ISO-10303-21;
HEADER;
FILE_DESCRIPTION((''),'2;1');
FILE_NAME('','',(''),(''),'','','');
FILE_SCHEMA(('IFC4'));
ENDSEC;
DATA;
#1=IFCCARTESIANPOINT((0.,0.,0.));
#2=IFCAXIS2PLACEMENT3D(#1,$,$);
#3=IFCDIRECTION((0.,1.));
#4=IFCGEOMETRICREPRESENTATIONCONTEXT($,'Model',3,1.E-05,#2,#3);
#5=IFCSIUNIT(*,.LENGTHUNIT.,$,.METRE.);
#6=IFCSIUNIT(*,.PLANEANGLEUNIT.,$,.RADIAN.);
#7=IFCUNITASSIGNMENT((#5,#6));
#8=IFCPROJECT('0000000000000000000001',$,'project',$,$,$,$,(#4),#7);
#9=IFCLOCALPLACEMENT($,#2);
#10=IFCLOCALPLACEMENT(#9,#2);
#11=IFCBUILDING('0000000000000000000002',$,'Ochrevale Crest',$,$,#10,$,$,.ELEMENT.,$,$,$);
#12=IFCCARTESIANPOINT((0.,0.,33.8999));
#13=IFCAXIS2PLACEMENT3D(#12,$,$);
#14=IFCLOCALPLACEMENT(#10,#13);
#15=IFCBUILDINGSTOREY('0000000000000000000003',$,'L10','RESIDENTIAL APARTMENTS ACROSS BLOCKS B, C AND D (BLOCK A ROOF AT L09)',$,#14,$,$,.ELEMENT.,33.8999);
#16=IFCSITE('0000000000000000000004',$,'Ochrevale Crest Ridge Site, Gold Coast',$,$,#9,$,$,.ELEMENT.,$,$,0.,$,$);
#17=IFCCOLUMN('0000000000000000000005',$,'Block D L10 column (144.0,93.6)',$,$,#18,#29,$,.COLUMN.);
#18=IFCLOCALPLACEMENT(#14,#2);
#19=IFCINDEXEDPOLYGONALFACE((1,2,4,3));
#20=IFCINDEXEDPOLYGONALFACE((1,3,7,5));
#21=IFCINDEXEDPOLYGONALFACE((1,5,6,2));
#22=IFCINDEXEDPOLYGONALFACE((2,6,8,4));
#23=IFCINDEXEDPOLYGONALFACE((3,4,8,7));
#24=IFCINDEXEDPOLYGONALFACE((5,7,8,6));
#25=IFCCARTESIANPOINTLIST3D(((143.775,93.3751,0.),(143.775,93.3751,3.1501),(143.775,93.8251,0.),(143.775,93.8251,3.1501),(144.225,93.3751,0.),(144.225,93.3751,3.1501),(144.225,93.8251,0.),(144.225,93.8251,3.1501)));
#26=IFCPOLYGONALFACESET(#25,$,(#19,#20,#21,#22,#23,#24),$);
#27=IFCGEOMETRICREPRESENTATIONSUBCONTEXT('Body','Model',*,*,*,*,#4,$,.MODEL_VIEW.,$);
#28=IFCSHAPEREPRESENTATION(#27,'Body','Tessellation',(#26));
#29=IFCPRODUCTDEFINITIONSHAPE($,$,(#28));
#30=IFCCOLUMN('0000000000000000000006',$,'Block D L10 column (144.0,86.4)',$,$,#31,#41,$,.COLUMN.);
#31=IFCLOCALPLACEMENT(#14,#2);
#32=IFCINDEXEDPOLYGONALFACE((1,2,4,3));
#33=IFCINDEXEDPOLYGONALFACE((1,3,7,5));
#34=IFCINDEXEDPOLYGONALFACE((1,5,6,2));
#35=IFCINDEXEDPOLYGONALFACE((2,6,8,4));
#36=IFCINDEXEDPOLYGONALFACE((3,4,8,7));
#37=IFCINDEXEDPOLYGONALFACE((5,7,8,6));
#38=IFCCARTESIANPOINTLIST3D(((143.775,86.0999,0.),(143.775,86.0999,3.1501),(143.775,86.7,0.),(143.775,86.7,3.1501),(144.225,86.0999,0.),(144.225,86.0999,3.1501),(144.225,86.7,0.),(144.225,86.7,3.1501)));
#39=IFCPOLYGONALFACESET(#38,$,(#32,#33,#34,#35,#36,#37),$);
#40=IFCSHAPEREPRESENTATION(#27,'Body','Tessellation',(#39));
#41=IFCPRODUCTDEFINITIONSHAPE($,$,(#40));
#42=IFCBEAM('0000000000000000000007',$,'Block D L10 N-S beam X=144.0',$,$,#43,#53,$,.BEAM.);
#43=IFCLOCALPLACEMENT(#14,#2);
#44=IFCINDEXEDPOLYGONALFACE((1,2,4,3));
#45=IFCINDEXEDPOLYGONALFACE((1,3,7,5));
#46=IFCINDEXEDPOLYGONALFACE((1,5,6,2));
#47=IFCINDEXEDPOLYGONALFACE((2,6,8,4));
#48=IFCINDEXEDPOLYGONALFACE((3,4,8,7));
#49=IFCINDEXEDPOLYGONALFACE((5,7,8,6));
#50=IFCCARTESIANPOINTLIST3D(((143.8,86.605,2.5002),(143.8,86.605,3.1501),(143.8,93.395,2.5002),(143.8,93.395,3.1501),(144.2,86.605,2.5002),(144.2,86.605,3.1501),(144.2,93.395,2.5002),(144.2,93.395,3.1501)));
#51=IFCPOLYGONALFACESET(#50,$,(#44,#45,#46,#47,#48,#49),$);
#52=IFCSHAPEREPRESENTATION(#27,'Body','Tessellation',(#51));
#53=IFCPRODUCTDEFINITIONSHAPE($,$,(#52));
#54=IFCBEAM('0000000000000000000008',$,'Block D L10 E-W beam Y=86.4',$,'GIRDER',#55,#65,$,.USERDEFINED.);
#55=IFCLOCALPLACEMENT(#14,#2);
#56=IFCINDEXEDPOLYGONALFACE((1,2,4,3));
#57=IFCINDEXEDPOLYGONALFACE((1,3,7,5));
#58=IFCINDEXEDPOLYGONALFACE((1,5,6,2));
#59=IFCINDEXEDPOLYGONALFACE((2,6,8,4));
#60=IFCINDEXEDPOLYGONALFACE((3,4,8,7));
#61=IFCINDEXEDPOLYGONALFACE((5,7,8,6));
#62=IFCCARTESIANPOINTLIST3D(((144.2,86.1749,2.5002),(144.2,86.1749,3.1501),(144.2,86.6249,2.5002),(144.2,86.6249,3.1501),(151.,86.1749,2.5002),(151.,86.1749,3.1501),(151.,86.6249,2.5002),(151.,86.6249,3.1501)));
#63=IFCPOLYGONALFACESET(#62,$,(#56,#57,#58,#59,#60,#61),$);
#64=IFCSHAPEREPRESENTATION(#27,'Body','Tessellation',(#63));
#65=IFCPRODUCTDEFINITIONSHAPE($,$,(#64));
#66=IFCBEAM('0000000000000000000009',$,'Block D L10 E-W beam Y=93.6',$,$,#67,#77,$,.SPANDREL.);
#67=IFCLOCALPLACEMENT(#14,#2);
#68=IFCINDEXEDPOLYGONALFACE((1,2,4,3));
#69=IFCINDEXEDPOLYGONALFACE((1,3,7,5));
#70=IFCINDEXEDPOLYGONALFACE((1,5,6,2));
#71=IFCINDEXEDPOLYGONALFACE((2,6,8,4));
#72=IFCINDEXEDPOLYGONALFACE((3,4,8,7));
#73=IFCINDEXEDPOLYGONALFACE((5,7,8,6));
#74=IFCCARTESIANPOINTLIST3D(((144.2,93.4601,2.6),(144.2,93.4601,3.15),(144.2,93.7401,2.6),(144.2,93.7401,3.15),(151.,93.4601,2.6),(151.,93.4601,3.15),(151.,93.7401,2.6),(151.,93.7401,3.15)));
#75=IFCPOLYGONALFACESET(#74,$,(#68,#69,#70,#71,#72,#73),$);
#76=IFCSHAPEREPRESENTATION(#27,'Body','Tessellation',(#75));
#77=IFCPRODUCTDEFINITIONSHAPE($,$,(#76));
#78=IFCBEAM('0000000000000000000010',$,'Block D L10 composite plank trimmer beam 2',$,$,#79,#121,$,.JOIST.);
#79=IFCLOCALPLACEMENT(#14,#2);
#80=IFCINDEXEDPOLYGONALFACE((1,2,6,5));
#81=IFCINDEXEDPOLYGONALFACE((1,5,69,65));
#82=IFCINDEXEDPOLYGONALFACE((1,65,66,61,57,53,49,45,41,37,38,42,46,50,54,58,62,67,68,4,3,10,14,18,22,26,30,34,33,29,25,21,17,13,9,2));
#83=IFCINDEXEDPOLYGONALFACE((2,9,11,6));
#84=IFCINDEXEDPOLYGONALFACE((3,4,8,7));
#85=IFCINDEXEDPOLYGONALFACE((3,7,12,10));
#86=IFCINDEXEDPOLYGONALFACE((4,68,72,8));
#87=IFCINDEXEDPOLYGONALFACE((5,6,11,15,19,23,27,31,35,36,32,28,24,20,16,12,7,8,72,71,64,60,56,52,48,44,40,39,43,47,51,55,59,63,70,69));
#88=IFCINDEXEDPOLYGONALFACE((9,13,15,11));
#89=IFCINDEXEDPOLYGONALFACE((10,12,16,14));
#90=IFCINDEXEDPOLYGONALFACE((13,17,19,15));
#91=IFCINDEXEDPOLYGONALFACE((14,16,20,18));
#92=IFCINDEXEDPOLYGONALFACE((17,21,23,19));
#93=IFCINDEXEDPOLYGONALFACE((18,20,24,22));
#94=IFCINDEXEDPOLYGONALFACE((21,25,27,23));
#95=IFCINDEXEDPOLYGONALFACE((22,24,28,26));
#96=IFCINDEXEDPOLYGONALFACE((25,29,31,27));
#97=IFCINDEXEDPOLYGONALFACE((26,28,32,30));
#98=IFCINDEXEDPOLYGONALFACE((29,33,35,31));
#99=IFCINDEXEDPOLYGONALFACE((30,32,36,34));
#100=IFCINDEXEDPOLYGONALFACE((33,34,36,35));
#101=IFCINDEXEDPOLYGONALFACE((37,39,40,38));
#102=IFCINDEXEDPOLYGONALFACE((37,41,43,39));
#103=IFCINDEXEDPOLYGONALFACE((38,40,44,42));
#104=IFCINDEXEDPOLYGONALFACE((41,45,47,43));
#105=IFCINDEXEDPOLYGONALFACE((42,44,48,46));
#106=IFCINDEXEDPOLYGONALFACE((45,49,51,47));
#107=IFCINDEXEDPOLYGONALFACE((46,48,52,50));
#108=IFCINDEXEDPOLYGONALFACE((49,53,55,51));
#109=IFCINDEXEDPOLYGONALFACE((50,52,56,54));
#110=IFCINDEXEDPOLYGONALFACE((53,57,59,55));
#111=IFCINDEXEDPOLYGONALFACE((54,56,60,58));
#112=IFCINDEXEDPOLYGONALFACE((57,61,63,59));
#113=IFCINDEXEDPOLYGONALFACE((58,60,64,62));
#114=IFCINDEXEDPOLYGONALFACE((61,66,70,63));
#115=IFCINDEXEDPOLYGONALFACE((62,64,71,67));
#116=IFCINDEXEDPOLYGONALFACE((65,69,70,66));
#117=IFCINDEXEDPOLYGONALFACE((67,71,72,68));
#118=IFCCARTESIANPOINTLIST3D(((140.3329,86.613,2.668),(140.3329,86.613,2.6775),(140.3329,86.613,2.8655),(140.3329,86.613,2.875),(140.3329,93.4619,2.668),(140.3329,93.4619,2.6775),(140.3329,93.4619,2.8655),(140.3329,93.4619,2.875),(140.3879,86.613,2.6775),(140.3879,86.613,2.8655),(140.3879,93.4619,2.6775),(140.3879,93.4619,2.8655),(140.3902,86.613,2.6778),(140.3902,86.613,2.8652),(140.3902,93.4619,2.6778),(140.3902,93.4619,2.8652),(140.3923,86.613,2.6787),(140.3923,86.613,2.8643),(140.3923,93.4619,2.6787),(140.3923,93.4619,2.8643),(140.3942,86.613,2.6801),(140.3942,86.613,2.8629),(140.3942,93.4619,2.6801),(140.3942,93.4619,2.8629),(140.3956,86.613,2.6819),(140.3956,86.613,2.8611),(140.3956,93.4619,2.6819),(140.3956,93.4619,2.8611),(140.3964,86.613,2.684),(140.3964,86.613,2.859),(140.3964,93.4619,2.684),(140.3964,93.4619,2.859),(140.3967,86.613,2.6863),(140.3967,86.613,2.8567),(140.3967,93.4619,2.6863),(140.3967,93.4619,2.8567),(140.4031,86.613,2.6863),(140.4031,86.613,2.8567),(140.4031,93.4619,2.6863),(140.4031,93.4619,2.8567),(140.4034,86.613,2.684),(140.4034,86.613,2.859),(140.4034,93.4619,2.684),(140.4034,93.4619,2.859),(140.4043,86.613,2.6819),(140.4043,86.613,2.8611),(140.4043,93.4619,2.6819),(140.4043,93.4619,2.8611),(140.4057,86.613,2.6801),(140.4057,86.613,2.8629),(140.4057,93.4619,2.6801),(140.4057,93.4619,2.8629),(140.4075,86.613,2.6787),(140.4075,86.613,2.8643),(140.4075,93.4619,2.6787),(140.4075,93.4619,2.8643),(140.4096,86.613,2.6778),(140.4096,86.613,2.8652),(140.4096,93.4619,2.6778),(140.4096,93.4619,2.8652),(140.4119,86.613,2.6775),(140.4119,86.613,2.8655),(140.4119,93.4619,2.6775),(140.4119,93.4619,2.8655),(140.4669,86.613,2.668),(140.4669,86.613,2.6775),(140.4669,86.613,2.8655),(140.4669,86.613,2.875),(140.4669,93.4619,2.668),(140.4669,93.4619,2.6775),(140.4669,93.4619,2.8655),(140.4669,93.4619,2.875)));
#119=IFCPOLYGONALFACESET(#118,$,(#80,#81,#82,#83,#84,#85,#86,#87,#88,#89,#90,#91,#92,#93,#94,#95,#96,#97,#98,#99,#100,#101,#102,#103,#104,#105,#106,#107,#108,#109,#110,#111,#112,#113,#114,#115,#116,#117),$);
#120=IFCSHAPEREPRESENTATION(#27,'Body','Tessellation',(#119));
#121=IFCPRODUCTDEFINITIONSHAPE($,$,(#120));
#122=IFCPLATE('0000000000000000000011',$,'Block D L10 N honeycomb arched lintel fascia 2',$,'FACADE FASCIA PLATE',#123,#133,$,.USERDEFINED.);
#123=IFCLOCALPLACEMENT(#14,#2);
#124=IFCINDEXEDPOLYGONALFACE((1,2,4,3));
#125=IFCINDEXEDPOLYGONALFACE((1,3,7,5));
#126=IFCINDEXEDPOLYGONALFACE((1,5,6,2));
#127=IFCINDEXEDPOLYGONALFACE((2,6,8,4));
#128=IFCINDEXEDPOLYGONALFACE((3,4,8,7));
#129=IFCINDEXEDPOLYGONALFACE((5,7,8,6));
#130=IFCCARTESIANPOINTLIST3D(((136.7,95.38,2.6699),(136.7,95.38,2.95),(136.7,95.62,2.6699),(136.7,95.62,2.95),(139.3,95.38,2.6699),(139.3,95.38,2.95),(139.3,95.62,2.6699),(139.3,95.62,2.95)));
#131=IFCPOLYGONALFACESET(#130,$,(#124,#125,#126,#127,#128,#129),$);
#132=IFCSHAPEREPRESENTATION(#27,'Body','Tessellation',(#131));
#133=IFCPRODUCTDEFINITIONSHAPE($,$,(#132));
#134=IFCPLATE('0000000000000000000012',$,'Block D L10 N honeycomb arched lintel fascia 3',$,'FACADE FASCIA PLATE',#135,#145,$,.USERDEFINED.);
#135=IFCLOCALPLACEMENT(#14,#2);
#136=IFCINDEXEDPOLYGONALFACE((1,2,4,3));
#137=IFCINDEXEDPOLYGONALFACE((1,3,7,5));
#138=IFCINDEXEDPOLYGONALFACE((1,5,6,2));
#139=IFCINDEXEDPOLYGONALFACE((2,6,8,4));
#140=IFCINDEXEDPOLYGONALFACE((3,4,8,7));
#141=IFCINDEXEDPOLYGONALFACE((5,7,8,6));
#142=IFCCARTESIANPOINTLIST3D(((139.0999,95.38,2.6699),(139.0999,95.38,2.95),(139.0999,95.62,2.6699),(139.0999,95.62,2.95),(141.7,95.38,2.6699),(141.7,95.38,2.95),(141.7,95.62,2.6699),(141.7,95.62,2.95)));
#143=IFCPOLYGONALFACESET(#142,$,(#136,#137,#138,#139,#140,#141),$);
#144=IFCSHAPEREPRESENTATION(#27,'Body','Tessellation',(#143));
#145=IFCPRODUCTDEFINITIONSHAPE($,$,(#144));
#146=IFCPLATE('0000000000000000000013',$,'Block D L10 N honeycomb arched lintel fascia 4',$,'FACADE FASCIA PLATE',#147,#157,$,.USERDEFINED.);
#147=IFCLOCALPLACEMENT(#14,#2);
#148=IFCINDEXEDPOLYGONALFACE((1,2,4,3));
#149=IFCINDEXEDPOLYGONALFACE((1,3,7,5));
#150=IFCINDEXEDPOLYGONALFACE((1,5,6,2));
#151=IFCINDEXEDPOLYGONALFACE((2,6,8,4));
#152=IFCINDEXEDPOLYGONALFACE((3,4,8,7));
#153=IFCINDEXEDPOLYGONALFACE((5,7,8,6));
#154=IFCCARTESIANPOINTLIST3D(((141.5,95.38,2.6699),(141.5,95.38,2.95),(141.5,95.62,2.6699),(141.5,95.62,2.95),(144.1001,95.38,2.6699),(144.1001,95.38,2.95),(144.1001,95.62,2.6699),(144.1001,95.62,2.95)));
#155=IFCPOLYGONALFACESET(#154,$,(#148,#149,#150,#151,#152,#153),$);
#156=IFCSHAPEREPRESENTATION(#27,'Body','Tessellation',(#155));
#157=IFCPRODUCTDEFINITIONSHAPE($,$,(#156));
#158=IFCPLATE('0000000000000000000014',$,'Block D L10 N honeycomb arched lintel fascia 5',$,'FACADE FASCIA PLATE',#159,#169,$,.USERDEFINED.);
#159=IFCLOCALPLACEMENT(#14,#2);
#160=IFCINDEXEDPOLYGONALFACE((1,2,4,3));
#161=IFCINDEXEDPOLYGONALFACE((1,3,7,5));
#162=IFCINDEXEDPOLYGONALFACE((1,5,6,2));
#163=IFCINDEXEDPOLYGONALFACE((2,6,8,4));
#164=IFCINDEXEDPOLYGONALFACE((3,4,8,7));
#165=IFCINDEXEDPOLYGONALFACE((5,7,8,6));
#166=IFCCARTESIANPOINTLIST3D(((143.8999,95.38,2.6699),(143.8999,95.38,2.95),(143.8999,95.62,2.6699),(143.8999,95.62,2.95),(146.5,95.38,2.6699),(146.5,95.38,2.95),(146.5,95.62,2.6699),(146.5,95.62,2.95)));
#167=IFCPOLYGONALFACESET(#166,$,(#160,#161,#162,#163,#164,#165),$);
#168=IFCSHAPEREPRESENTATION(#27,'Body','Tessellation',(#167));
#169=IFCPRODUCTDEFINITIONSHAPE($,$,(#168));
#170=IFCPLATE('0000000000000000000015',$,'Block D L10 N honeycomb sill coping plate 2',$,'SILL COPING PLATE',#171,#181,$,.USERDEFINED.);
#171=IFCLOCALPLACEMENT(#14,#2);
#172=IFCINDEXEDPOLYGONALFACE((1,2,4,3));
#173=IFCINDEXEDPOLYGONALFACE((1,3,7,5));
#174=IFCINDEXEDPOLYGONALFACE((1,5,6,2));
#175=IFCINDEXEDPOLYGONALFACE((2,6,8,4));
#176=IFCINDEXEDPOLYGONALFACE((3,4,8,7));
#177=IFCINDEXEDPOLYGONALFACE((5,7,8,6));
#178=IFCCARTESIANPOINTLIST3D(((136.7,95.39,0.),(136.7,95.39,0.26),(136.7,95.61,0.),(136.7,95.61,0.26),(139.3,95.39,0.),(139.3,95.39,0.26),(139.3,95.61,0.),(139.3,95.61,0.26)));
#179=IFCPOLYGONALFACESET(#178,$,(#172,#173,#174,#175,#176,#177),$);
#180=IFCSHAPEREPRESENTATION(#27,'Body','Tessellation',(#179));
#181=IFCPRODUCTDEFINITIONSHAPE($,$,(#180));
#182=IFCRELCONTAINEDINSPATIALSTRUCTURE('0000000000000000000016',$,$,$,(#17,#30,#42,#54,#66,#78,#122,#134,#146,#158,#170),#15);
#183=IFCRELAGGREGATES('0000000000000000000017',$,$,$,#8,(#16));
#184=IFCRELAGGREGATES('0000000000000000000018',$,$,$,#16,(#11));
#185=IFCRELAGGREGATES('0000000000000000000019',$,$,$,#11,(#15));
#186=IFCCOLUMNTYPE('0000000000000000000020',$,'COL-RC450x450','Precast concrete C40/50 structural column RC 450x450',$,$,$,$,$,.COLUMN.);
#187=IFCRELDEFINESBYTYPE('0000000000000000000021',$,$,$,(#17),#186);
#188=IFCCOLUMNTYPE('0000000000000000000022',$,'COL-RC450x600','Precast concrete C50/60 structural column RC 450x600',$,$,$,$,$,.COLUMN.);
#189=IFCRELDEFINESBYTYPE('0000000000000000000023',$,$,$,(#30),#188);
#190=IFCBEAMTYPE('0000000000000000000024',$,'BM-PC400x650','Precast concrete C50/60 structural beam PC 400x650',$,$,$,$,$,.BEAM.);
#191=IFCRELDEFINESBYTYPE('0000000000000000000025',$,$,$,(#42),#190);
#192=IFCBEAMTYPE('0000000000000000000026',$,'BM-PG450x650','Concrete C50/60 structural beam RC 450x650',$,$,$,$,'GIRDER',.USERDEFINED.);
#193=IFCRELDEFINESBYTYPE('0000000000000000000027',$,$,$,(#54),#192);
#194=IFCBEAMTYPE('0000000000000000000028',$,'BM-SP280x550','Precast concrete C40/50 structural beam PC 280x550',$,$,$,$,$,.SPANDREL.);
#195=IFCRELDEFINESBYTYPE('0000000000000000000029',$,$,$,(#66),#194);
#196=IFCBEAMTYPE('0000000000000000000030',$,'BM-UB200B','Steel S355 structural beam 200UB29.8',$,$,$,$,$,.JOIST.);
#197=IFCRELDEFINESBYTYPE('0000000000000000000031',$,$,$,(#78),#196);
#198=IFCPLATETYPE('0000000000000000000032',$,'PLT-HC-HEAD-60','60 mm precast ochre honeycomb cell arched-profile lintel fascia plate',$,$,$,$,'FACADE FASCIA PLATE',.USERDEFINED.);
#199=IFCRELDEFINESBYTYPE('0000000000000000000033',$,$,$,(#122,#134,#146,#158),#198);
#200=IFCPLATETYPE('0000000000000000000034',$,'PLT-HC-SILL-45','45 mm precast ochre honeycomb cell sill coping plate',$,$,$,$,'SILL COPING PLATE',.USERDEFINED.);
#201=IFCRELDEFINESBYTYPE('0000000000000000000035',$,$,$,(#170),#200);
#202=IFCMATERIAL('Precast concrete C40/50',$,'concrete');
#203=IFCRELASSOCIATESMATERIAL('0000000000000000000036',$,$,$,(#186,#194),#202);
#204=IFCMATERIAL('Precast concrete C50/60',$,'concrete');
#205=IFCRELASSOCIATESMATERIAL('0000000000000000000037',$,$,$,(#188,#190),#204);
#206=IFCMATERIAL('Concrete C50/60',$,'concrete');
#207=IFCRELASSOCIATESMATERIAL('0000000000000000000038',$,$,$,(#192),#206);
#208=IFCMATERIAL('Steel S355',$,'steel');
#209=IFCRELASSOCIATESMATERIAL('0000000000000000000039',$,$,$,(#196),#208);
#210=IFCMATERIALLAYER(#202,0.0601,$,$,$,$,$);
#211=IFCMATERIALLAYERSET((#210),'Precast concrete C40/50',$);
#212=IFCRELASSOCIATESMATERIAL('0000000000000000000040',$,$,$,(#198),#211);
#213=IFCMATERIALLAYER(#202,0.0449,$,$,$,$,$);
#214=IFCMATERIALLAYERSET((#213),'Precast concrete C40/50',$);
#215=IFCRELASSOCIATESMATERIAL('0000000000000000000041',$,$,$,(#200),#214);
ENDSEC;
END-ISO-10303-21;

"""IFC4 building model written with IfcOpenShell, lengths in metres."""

from ifc_helpers import new_model, si_unit, direction, frame, origin, origin_2d, place, context, subcontext, project, spatial, rectangle, i_section, extrude, material, layer, layer_set, material_profile, profile_set, type_object, element, save


model = new_model("IFC4")

# Units and contexts
model_context = context("Model", 3, precision=1e-05, world=origin(), true_north=direction((0.0, 1.0)))
body_context = subcontext(model_context, "Body", "Model", "MODEL_VIEW")
ifc_project = project(units=[si_unit("LENGTHUNIT", "METRE"), si_unit("PLANEANGLEUNIT", "RADIAN")], contexts=[model_context])

# Site, building, storey
site_placement = place(None, origin())
site = spatial("IfcSite", under=ifc_project, at=site_placement, Name="Ochrevale Crest Ridge Site, Gold Coast", CompositionType="ELEMENT", RefElevation=0.0)
building_placement = place(site_placement, origin())
building = spatial("IfcBuilding", under=site, at=building_placement, Name="Ochrevale Crest", CompositionType="ELEMENT")
storey_placement = place(building_placement, frame((0.0, 0.0, 33.8999)))
storey = spatial("IfcBuildingStorey", under=building, at=storey_placement, Name="L10", Description="RESIDENTIAL APARTMENTS ACROSS BLOCKS B, C AND D (BLOCK A ROOF AT L09)", CompositionType="ELEMENT", Elevation=33.8999)

# Columns
ifc_material_1 = material(Name="Precast concrete C40/50", Category="concrete")
ifc_material_profile_1 = material_profile(ifc_material_1, rectangle(XDim=0.45, YDim=0.45, at=origin_2d()), Name="RC 450x450")
ifc_profile_set_1 = profile_set([ifc_material_profile_1], Name="Precast concrete C40/50")
column_type_1 = type_object("IfcColumnType", Name="COL-RC450x450", Description="Precast concrete C40/50 structural column RC 450x450", PredefinedType="COLUMN", material=ifc_profile_set_1)
column_1_placement = place(storey_placement, frame((144.0, 93.6001, 0.0), z_axis=(0.0, 0.0, 1.0), x_axis=(1.0, 0.0, 0.0)))
element("IfcColumn", 1, at=column_1_placement, inside=storey, type_object=column_type_1, Name="Block D L10 column (144.0,93.6)", PredefinedType="COLUMN", context=body_context, shape_type="SweptSolid", body=[
    extrude(rectangle(XDim=0.45, YDim=0.45, at=origin_2d()), origin(), (0.0, 0.0, 1.0), 3.1501),
])
ifc_material_2 = material(Name="Precast concrete C50/60", Category="concrete")
ifc_material_profile_2 = material_profile(ifc_material_2, rectangle(XDim=0.45, YDim=0.6001, at=origin_2d()), Name="RC 450x600")
ifc_profile_set_2 = profile_set([ifc_material_profile_2], Name="Precast concrete C50/60")
column_type_2 = type_object("IfcColumnType", Name="COL-RC450x600", Description="Precast concrete C50/60 structural column RC 450x600", PredefinedType="COLUMN", material=ifc_profile_set_2)
column_2_placement = place(storey_placement, frame((144.0, 86.3999, 0.0), z_axis=(0.0, 0.0, 1.0), x_axis=(1.0, 0.0, 0.0)))
element("IfcColumn", 2, at=column_2_placement, inside=storey, type_object=column_type_2, Name="Block D L10 column (144.0,86.4)", PredefinedType="COLUMN", context=body_context, shape_type="SweptSolid", body=[
    extrude(rectangle(XDim=0.45, YDim=0.6001, at=origin_2d()), origin(), (0.0, 0.0, 1.0), 3.1501),
])

# Beams
ifc_material_profile_3 = material_profile(ifc_material_2, rectangle(XDim=0.3999, YDim=0.6499, at=origin_2d()), Name="PC 400x650")
ifc_profile_set_3 = profile_set([ifc_material_profile_3], Name="Precast concrete C50/60")
beam_type_1 = type_object("IfcBeamType", Name="BM-PC400x650", Description="Precast concrete C50/60 structural beam PC 400x650", PredefinedType="BEAM", material=ifc_profile_set_3)
beam_1_placement = place(storey_placement, frame((144.0, 86.605, 2.8252), z_axis=(0.0, 1.0, 0.0), x_axis=(-1.0, 0.0, 0.0)))
element("IfcBeam", 3, at=beam_1_placement, inside=storey, type_object=beam_type_1, Name="Block D L10 N-S beam X=144.0", PredefinedType="BEAM", context=body_context, shape_type="SweptSolid", body=[
    extrude(rectangle(XDim=0.3999, YDim=0.6499, at=origin_2d()), origin(), (0.0, 0.0, 1.0), 6.79),
])
ifc_material_3 = material(Name="Concrete C50/60", Category="concrete")
ifc_material_profile_4 = material_profile(ifc_material_3, rectangle(XDim=0.45, YDim=0.6499, at=origin_2d()), Name="RC 450x650")
ifc_profile_set_4 = profile_set([ifc_material_profile_4], Name="Concrete C50/60")
beam_type_2 = type_object("IfcBeamType", Name="BM-PG450x650", Description="Concrete C50/60 structural beam RC 450x650", ElementType="GIRDER", PredefinedType="USERDEFINED", material=ifc_profile_set_4)
beam_2_placement = place(storey_placement, frame((144.2, 86.3999, 2.8252), z_axis=(1.0, 0.0, 0.0), x_axis=(0.0, 1.0, 0.0)))
element("IfcBeam", 4, at=beam_2_placement, inside=storey, type_object=beam_type_2, Name="Block D L10 E-W beam Y=86.4", ObjectType="GIRDER", PredefinedType="USERDEFINED", context=body_context, shape_type="SweptSolid", body=[
    extrude(rectangle(XDim=0.45, YDim=0.6499, at=origin_2d()), origin(), (0.0, 0.0, 1.0), 6.8),
])
ifc_material_profile_5 = material_profile(ifc_material_1, rectangle(XDim=0.28, YDim=0.55, at=origin_2d()), Name="PC 280x550")
ifc_profile_set_5 = profile_set([ifc_material_profile_5], Name="Precast concrete C40/50")
beam_type_3 = type_object("IfcBeamType", Name="BM-SP280x550", Description="Precast concrete C40/50 structural beam PC 280x550", PredefinedType="SPANDREL", material=ifc_profile_set_5)
beam_3_placement = place(storey_placement, frame((144.2, 93.6001, 2.875), z_axis=(1.0, 0.0, 0.0), x_axis=(0.0, 1.0, 0.0)))
element("IfcBeam", 5, at=beam_3_placement, inside=storey, type_object=beam_type_3, Name="Block D L10 E-W beam Y=93.6", PredefinedType="SPANDREL", context=body_context, shape_type="SweptSolid", body=[
    extrude(rectangle(XDim=0.28, YDim=0.55, at=origin_2d()), origin(), (0.0, 0.0, 1.0), 6.8),
])
ifc_material_4 = material(Name="Steel S355", Category="steel")
ifc_material_profile_6 = material_profile(ifc_material_4, i_section(OverallWidth=0.134, OverallDepth=0.207, WebThickness=0.0063, FlangeThickness=0.0095, FilletRadius=0.0088, at=origin_2d()), Name="200UB29.8")
ifc_profile_set_6 = profile_set([ifc_material_profile_6], Name="Steel S355")
beam_type_4 = type_object("IfcBeamType", Name="BM-UB200B", Description="Steel S355 structural beam 200UB29.8", PredefinedType="JOIST", material=ifc_profile_set_6)
beam_4_placement = place(storey_placement, frame((140.3999, 86.613, 2.7715), z_axis=(0.0, 1.0, 0.0), x_axis=(-1.0, 0.0, 0.0)))
element("IfcBeam", 6, at=beam_4_placement, inside=storey, type_object=beam_type_4, Name="Block D L10 composite plank trimmer beam 2", PredefinedType="JOIST", context=body_context, shape_type="SweptSolid", body=[
    extrude(i_section(OverallWidth=0.134, OverallDepth=0.207, WebThickness=0.0063, FlangeThickness=0.0095, FilletRadius=0.0088, at=origin_2d()), origin(), (0.0, 0.0, 1.0), 6.8489),
])

# Plates
ifc_layer_1 = layer(ifc_material_1, 0.0601)
ifc_layer_set_1 = layer_set([ifc_layer_1], Name="Precast concrete C40/50")
plate_type_1 = type_object("IfcPlateType", Name="PLT-HC-HEAD-60", Description="60 mm precast ochre honeycomb cell arched-profile lintel fascia plate", ElementType="FACADE FASCIA PLATE", PredefinedType="USERDEFINED", material=ifc_layer_set_1)
for number, where, z_axis, x_axis, name in (
    (7, (138.0, 95.5, 2.6699), (0.0, 0.0, 1.0), (1.0, 0.0, 0.0), "Block D L10 N honeycomb arched lintel fascia 2"),
    (8, (140.3999, 95.5, 2.6699), (0.0, 0.0, 1.0), (1.0, 0.0, 0.0), "Block D L10 N honeycomb arched lintel fascia 3"),
    (9, (142.8, 95.5, 2.6699), (0.0, 0.0, 1.0), (1.0, 0.0, 0.0), "Block D L10 N honeycomb arched lintel fascia 4"),
    (10, (145.2, 95.5, 2.6699), (0.0, 0.0, 1.0), (1.0, 0.0, 0.0), "Block D L10 N honeycomb arched lintel fascia 5"),
):
    element("IfcPlate", number, at=place(storey_placement, frame(where, z_axis=z_axis, x_axis=x_axis)), inside=storey, type_object=plate_type_1, Name=name, ObjectType="FACADE FASCIA PLATE", PredefinedType="USERDEFINED", context=body_context, shape_type="SweptSolid", body=[
        extrude(rectangle(XDim=2.6001, YDim=0.24, at=origin_2d()), origin(), (0.0, 0.0, 1.0), 0.28),
    ])
ifc_layer_2 = layer(ifc_material_1, 0.0449)
ifc_layer_set_2 = layer_set([ifc_layer_2], Name="Precast concrete C40/50")
plate_type_2 = type_object("IfcPlateType", Name="PLT-HC-SILL-45", Description="45 mm precast ochre honeycomb cell sill coping plate", ElementType="SILL COPING PLATE", PredefinedType="USERDEFINED", material=ifc_layer_set_2)
for number, where, z_axis, x_axis, name in (
    (11, (138.0, 95.5, 0.0), (0.0, 0.0, 1.0), (1.0, 0.0, 0.0), "Block D L10 N honeycomb sill coping plate 2"),
):
    element("IfcPlate", number, at=place(storey_placement, frame(where, z_axis=z_axis, x_axis=x_axis)), inside=storey, type_object=plate_type_2, Name=name, ObjectType="SILL COPING PLATE", PredefinedType="USERDEFINED", context=body_context, shape_type="SweptSolid", body=[
        extrude(rectangle(XDim=2.6001, YDim=0.22, at=origin_2d()), origin(), (0.0, 0.0, 1.0), 0.26),
    ])

save(model, "model.ifc")
